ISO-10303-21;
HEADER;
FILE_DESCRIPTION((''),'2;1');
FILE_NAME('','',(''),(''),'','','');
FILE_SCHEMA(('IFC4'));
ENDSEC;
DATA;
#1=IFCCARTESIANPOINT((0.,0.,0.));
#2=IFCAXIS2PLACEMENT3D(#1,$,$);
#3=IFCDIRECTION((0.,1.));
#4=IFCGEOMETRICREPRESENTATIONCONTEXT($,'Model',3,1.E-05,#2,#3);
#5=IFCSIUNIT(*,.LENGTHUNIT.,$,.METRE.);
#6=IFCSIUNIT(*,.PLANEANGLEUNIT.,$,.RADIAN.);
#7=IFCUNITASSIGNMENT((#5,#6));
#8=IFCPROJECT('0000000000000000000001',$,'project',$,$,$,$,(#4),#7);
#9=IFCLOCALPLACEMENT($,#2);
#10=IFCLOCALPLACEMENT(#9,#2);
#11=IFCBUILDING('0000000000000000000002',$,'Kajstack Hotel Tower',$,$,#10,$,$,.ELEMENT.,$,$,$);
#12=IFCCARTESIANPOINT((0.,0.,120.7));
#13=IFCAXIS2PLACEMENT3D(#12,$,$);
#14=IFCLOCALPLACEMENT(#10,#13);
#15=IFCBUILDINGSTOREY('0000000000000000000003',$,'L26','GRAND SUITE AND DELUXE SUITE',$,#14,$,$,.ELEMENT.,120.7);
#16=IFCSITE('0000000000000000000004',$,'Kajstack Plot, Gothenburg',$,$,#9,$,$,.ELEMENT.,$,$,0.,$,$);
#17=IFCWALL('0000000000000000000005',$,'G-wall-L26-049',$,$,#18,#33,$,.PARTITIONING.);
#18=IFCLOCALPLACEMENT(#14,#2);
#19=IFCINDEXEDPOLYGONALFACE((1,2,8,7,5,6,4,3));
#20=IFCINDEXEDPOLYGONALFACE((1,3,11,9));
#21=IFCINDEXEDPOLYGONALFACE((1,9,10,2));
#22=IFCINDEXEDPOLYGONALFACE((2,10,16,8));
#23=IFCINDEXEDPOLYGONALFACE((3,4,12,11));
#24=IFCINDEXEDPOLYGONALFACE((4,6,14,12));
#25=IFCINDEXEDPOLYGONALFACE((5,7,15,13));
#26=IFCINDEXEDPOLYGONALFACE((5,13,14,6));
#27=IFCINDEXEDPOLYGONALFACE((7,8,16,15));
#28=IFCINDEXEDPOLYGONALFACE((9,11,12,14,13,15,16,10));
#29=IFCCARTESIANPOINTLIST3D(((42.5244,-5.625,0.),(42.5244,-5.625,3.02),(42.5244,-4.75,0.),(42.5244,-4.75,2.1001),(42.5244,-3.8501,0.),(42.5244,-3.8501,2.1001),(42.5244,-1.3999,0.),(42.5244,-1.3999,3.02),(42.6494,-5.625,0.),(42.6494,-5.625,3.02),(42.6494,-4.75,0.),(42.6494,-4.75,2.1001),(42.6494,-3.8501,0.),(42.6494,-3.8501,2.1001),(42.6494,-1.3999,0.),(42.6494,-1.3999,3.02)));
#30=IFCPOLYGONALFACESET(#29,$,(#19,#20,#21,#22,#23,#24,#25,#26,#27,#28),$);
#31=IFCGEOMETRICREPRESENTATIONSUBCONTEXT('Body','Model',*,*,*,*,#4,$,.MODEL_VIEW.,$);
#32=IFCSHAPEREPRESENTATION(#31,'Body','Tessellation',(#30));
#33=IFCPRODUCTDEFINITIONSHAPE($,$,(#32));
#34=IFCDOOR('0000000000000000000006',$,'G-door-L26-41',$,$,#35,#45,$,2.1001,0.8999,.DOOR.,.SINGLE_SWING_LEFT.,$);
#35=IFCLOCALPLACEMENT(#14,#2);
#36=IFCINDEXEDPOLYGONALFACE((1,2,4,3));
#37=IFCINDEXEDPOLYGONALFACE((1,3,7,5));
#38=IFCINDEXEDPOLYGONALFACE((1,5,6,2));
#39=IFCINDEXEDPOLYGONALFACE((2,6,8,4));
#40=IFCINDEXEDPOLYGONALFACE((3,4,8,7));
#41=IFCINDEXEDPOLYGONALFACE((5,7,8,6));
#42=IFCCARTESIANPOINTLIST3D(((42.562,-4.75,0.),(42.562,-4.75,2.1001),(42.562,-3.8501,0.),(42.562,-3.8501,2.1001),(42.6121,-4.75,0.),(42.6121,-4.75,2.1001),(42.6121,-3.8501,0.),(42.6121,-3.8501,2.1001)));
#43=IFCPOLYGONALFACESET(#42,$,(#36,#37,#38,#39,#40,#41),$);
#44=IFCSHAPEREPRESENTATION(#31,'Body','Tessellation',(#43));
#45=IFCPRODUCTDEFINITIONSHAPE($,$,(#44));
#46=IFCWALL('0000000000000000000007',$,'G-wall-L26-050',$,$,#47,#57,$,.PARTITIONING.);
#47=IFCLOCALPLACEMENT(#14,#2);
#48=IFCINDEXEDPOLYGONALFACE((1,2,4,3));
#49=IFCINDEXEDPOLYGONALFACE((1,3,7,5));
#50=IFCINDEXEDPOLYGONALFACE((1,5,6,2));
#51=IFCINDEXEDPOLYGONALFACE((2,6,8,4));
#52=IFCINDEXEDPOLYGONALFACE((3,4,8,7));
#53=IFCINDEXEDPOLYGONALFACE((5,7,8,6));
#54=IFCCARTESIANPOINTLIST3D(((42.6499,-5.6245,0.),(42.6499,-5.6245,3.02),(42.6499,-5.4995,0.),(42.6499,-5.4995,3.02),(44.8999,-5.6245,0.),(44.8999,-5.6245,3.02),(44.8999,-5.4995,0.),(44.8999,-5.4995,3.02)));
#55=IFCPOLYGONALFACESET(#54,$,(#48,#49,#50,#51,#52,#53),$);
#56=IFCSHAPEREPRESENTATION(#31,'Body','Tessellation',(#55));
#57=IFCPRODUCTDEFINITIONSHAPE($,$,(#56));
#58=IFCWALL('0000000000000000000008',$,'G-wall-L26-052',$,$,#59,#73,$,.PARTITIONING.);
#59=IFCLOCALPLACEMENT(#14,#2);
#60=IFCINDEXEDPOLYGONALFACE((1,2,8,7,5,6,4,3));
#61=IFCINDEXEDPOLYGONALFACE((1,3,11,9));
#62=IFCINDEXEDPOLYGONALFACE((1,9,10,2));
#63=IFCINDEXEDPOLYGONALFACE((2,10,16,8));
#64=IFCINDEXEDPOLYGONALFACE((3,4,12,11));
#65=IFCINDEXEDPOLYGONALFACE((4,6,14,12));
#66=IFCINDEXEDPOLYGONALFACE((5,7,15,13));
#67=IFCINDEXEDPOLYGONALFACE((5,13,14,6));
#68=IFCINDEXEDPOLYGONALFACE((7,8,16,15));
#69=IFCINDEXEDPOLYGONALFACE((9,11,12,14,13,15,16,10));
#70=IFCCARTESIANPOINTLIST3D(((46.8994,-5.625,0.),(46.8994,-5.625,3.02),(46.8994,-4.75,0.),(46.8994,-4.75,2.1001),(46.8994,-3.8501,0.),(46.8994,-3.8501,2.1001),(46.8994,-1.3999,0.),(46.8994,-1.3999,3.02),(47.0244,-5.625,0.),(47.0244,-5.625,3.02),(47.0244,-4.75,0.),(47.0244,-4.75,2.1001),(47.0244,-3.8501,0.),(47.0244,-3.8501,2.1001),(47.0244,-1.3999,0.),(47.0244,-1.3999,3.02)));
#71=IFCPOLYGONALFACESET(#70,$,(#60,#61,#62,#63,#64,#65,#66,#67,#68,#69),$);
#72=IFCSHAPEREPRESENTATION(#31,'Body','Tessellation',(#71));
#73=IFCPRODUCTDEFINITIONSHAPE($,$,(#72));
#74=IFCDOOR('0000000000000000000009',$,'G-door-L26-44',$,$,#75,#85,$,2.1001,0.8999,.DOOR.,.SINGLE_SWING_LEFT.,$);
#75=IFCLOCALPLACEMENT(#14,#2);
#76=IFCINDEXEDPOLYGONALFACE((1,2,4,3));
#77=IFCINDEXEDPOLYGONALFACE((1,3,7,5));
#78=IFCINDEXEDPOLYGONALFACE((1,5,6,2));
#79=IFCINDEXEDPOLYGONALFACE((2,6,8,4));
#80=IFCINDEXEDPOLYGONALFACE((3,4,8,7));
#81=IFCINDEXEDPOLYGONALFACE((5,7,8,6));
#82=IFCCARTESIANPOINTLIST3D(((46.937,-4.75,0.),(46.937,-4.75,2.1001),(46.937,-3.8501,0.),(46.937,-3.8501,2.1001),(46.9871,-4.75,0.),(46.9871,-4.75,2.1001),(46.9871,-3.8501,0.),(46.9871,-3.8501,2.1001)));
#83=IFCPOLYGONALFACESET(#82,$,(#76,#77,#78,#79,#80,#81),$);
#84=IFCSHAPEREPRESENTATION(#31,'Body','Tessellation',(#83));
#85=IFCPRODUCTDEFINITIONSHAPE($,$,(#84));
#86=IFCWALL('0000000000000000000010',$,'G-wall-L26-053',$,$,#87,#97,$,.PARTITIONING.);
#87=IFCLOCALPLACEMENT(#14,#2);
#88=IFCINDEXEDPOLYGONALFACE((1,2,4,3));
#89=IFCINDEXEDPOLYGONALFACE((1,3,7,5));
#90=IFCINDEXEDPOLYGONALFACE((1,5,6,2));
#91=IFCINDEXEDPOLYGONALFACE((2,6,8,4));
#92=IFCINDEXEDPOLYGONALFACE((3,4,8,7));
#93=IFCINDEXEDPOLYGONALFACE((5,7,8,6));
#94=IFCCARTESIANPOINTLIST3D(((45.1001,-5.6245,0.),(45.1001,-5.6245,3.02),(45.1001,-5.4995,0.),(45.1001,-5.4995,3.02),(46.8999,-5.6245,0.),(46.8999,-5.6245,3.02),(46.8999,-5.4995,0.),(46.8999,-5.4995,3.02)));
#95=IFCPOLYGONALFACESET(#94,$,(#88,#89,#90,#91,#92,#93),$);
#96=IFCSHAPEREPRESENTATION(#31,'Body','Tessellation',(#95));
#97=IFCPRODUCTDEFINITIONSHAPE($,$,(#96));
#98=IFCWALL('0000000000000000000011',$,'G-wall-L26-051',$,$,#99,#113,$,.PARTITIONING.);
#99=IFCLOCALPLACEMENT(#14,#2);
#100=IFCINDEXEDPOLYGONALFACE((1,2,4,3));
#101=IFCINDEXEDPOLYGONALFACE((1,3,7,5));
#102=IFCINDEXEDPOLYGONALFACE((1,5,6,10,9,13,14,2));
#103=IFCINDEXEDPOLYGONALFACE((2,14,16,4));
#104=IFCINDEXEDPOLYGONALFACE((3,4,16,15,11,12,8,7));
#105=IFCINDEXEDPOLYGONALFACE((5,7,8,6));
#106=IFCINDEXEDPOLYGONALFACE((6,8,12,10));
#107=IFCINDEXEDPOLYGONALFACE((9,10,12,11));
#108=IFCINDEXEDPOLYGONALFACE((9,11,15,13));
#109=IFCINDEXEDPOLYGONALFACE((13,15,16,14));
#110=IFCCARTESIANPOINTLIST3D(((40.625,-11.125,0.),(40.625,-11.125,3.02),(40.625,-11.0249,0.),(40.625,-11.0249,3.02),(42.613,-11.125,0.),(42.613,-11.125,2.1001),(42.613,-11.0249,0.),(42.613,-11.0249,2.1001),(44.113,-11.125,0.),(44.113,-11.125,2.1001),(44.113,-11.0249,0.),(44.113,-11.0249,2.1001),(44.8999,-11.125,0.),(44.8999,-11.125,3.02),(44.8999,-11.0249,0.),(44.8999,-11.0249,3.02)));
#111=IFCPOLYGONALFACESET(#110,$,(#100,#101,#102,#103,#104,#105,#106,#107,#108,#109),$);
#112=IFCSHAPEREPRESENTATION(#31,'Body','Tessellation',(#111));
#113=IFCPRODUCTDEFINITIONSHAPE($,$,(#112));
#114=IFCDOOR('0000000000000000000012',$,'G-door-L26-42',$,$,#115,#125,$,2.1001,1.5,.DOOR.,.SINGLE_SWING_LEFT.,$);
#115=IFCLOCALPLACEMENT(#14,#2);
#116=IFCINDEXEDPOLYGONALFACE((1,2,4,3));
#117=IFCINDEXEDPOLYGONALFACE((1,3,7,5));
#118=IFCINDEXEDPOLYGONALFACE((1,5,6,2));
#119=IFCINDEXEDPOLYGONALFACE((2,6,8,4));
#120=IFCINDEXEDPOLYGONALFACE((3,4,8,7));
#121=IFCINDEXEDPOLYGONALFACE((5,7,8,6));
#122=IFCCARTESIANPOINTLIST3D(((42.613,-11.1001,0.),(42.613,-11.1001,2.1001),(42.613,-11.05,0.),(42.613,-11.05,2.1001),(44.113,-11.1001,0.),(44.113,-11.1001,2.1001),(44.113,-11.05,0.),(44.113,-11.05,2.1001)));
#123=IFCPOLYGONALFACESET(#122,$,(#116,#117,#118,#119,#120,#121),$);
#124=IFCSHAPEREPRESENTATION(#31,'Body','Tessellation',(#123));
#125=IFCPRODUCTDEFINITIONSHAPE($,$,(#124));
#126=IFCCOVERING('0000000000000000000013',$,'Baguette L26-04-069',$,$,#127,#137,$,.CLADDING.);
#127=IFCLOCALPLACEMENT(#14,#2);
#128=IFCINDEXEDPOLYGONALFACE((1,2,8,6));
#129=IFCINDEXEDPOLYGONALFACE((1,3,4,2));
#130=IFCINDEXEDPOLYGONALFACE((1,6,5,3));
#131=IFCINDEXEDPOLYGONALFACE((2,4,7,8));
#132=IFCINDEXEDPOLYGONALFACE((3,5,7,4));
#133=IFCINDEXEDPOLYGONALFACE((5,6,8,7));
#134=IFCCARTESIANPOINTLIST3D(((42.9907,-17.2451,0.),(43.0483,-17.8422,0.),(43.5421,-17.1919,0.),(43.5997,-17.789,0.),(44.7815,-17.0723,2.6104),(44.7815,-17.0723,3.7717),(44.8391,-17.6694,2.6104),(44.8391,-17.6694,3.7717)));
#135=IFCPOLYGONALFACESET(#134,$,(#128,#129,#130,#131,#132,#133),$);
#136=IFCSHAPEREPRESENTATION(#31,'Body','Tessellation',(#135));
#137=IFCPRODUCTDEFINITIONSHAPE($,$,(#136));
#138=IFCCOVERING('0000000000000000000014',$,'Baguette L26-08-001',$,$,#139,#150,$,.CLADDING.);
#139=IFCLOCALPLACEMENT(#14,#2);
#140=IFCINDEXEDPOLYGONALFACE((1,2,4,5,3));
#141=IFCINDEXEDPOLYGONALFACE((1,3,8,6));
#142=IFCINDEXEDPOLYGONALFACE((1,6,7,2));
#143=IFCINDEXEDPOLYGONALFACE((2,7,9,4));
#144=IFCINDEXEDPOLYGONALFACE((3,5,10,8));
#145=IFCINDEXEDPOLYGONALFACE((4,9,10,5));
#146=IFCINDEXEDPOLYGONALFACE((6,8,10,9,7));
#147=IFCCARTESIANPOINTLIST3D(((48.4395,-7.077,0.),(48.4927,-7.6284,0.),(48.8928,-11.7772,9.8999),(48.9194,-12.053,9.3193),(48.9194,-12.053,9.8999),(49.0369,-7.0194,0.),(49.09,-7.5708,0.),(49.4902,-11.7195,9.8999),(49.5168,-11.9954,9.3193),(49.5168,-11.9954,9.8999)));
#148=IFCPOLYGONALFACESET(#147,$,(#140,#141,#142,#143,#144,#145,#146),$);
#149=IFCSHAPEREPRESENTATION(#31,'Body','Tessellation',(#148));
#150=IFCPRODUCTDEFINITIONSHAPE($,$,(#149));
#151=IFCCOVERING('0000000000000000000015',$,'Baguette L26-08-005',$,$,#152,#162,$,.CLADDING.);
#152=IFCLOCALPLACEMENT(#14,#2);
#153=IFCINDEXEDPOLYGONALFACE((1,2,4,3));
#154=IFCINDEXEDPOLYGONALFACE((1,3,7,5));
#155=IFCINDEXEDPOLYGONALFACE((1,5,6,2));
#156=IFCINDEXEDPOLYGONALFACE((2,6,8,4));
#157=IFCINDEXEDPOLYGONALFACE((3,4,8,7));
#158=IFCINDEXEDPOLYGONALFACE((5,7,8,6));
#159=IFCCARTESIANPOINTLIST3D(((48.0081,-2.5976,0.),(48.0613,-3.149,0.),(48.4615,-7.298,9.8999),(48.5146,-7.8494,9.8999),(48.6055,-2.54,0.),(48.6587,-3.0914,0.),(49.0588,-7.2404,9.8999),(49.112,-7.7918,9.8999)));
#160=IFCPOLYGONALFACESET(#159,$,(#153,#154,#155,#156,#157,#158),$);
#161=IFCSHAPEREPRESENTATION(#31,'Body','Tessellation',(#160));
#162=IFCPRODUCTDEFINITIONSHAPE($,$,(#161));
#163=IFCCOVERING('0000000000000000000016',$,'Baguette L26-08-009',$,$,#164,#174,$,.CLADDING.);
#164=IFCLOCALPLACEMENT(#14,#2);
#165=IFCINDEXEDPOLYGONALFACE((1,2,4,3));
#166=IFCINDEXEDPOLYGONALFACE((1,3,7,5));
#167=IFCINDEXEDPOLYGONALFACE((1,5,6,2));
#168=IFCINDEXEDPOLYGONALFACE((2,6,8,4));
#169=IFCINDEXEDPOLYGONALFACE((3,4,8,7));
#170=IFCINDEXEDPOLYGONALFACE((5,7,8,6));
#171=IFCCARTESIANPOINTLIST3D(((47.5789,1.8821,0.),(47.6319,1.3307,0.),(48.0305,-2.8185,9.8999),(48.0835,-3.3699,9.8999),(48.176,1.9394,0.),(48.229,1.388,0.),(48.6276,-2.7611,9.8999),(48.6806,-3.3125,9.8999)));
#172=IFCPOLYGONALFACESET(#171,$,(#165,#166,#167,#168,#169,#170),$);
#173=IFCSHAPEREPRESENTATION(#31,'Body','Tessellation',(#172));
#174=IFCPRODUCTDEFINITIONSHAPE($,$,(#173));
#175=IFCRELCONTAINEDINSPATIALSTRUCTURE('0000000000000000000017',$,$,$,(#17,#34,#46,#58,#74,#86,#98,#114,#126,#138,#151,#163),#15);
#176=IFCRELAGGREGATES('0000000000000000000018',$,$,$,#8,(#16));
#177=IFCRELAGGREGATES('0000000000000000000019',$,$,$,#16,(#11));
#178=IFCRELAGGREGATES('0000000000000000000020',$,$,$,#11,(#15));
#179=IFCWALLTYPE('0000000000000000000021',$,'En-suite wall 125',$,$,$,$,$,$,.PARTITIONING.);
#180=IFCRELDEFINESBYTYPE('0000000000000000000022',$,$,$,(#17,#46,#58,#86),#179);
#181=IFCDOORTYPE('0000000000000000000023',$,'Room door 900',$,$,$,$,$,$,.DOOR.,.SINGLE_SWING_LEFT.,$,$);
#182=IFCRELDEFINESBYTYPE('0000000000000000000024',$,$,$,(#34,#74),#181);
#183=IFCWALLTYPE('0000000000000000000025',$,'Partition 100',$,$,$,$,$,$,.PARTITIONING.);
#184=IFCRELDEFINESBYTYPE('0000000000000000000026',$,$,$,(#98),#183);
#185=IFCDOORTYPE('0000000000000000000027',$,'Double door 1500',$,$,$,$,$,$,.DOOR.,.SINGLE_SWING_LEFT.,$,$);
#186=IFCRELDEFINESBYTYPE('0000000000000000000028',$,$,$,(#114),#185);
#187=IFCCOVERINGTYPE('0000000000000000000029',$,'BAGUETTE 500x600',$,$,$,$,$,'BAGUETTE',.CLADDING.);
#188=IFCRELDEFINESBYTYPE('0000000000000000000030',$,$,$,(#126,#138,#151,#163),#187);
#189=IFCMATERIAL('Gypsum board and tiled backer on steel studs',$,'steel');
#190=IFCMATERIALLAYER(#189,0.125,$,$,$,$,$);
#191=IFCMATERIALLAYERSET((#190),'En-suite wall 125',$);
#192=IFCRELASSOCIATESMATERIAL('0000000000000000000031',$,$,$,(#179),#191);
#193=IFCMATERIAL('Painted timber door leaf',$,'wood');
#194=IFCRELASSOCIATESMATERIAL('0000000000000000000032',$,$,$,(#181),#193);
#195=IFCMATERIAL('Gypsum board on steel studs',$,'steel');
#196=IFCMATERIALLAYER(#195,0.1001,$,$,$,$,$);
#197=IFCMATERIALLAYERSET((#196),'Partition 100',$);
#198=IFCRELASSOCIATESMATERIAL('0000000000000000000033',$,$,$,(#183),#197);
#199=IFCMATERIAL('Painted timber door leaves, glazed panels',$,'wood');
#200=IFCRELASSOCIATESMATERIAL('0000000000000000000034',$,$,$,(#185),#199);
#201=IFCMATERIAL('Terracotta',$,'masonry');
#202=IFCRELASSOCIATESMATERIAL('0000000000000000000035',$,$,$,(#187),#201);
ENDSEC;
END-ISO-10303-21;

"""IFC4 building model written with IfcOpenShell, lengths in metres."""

from ifc_helpers import new_model, si_unit, direction, frame, frame_2d, origin, origin_2d, place, context, subcontext, project, spatial, polyline, rectangle, outline, extrude, material, layer, layer_set, material_profile, profile_set, type_object, element, fill, save


model = new_model("IFC4")

# Units and contexts
model_context = context("Model", 3, precision=1e-05, world=origin(), true_north=direction((0.0, 1.0)))
body_context = subcontext(model_context, "Body", "Model", "MODEL_VIEW")
ifc_project = project(units=[si_unit("LENGTHUNIT", "METRE"), si_unit("PLANEANGLEUNIT", "RADIAN")], contexts=[model_context])

# Site, building, storey
site_placement = place(None, origin())
site = spatial("IfcSite", under=ifc_project, at=site_placement, Name="Kajstack Plot, Gothenburg", CompositionType="ELEMENT", RefElevation=0.0)
building_placement = place(site_placement, origin())
building = spatial("IfcBuilding", under=site, at=building_placement, Name="Kajstack Hotel Tower", CompositionType="ELEMENT")
storey_placement = place(building_placement, frame((0.0, 0.0, 120.7)))
storey = spatial("IfcBuildingStorey", under=building, at=storey_placement, Name="L26", Description="GRAND SUITE AND DELUXE SUITE", CompositionType="ELEMENT", Elevation=120.7)

# Wall, opening, door
ifc_material_1 = material(Name="Gypsum board and tiled backer on steel studs", Category="steel")
ifc_layer_1 = layer(ifc_material_1, 0.125)
ifc_layer_set_1 = layer_set([ifc_layer_1], Name="En-suite wall 125")
wall_type_1 = type_object("IfcWallType", Name="En-suite wall 125", PredefinedType="PARTITIONING", material=ifc_layer_set_1)
wall_1_placement = place(storey_placement, frame((42.5869, -5.625, 0.0), z_axis=(0.0, 0.0, 1.0), x_axis=(0.0, 1.0, 0.0)))
wall_1 = element("IfcWall", 1, at=wall_1_placement, inside=storey, type_object=wall_type_1, Name="G-wall-L26-049", PredefinedType="PARTITIONING", context=body_context, shape_type="SweptSolid", body=[
    extrude(rectangle(XDim=4.2251, YDim=0.125, at=frame_2d((2.1125, 0.0))), origin(), (0.0, 0.0, 1.0), 3.02),
])
opening_1_placement = place(wall_1_placement, frame((0.875, 0.0, 0.0)))
opening_1 = element("IfcOpeningElement", 2, at=opening_1_placement, cuts=wall_1, PredefinedType="OPENING", context=body_context, shape_type="SweptSolid", body=[
    extrude(rectangle(XDim=0.8999, YDim=2.1001, at=frame_2d((0.45, 1.05))), frame((0.0, 0.0725, 0.0), z_axis=(0.0, -1.0, 0.0), x_axis=(1.0, 0.0, 0.0)), (0.0, 0.0, 1.0), 0.145),
])
ifc_material_2 = material(Name="Painted timber door leaf", Category="wood")
door_type_1 = type_object("IfcDoorType", Name="Room door 900", OperationType="SINGLE_SWING_LEFT", PredefinedType="DOOR", material=ifc_material_2)
door_1_placement = place(opening_1_placement, origin())
door_1 = element("IfcDoor", 3, at=door_1_placement, inside=storey, type_object=door_type_1, Name="G-door-L26-41", OperationType="SINGLE_SWING_LEFT", OverallHeight=2.1001, OverallWidth=0.8999, PredefinedType="DOOR", context=body_context, shape_type="SweptSolid", body=[
    extrude(rectangle(XDim=0.8999, YDim=2.1001, at=frame_2d((0.45, 1.05))), frame((0.0, 0.0249, 0.0), z_axis=(0.0, -1.0, 0.0), x_axis=(1.0, 0.0, 0.0)), (0.0, 0.0, 1.0), 0.05),
])
fill(opening_1, door_1)

# Wall
wall_2_placement = place(storey_placement, frame((42.6499, -5.562, 0.0), z_axis=(0.0, 0.0, 1.0), x_axis=(1.0, 0.0, 0.0)))
element("IfcWall", 4, at=wall_2_placement, inside=storey, type_object=wall_type_1, Name="G-wall-L26-050", PredefinedType="PARTITIONING", context=body_context, shape_type="SweptSolid", body=[
    extrude(rectangle(XDim=2.25, YDim=0.125, at=frame_2d((1.125, 0.0))), origin(), (0.0, 0.0, 1.0), 3.02),
])

# Wall, opening, door
wall_3_placement = place(storey_placement, frame((46.9619, -5.625, 0.0), z_axis=(0.0, 0.0, 1.0), x_axis=(0.0, 1.0, 0.0)))
wall_3 = element("IfcWall", 5, at=wall_3_placement, inside=storey, type_object=wall_type_1, Name="G-wall-L26-052", PredefinedType="PARTITIONING", context=body_context, shape_type="SweptSolid", body=[
    extrude(rectangle(XDim=4.2251, YDim=0.125, at=frame_2d((2.1125, 0.0))), origin(), (0.0, 0.0, 1.0), 3.02),
])
opening_2_placement = place(wall_3_placement, frame((0.875, 0.0, 0.0)))
opening_2 = element("IfcOpeningElement", 6, at=opening_2_placement, cuts=wall_3, PredefinedType="OPENING", context=body_context, shape_type="SweptSolid", body=[
    extrude(rectangle(XDim=0.8999, YDim=2.1001, at=frame_2d((0.45, 1.05))), frame((0.0, 0.0725, 0.0), z_axis=(0.0, -1.0, 0.0), x_axis=(1.0, 0.0, 0.0)), (0.0, 0.0, 1.0), 0.145),
])
door_2_placement = place(opening_2_placement, origin())
door_2 = element("IfcDoor", 7, at=door_2_placement, inside=storey, type_object=door_type_1, Name="G-door-L26-44", OperationType="SINGLE_SWING_LEFT", OverallHeight=2.1001, OverallWidth=0.8999, PredefinedType="DOOR", context=body_context, shape_type="SweptSolid", body=[
    extrude(rectangle(XDim=0.8999, YDim=2.1001, at=frame_2d((0.45, 1.05))), frame((0.0, 0.0249, 0.0), z_axis=(0.0, -1.0, 0.0), x_axis=(1.0, 0.0, 0.0)), (0.0, 0.0, 1.0), 0.05),
])
fill(opening_2, door_2)

# Wall
wall_4_placement = place(storey_placement, frame((45.1001, -5.562, 0.0), z_axis=(0.0, 0.0, 1.0), x_axis=(1.0, 0.0, 0.0)))
element("IfcWall", 8, at=wall_4_placement, inside=storey, type_object=wall_type_1, Name="G-wall-L26-053", PredefinedType="PARTITIONING", context=body_context, shape_type="SweptSolid", body=[
    extrude(rectangle(XDim=1.7998, YDim=0.125, at=frame_2d((0.8999, 0.0))), origin(), (0.0, 0.0, 1.0), 3.02),
])

# Wall, opening, door
ifc_material_3 = material(Name="Gypsum board on steel studs", Category="steel")
ifc_layer_2 = layer(ifc_material_3, 0.1001)
ifc_layer_set_2 = layer_set([ifc_layer_2], Name="Partition 100")
wall_type_2 = type_object("IfcWallType", Name="Partition 100", PredefinedType="PARTITIONING", material=ifc_layer_set_2)
wall_5_placement = place(storey_placement, frame((40.625, -11.075, 0.0), z_axis=(0.0, 0.0, 1.0), x_axis=(1.0, 0.0, 0.0)))
wall_5 = element("IfcWall", 9, at=wall_5_placement, inside=storey, type_object=wall_type_2, Name="G-wall-L26-051", PredefinedType="PARTITIONING", context=body_context, shape_type="SweptSolid", body=[
    extrude(rectangle(XDim=4.2749, YDim=0.1001, at=frame_2d((2.1375, 0.0))), origin(), (0.0, 0.0, 1.0), 3.02),
])
opening_3_placement = place(wall_5_placement, frame((1.988, 0.0, 0.0)))
opening_3 = element("IfcOpeningElement", 10, at=opening_3_placement, cuts=wall_5, PredefinedType="OPENING", context=body_context, shape_type="SweptSolid", body=[
    extrude(rectangle(XDim=1.5, YDim=2.1001, at=frame_2d((0.75, 1.05))), frame((0.0, 0.0601, 0.0), z_axis=(0.0, -1.0, 0.0), x_axis=(1.0, 0.0, 0.0)), (0.0, 0.0, 1.0), 0.1201),
])
ifc_material_4 = material(Name="Painted timber door leaves, glazed panels", Category="wood")
door_type_2 = type_object("IfcDoorType", Name="Double door 1500", OperationType="SINGLE_SWING_LEFT", PredefinedType="DOOR", material=ifc_material_4)
door_3_placement = place(opening_3_placement, origin())
door_3 = element("IfcDoor", 11, at=door_3_placement, inside=storey, type_object=door_type_2, Name="G-door-L26-42", OperationType="SINGLE_SWING_LEFT", OverallHeight=2.1001, OverallWidth=1.5, PredefinedType="DOOR", context=body_context, shape_type="SweptSolid", body=[
    extrude(rectangle(XDim=1.5, YDim=2.1001, at=frame_2d((0.75, 1.05))), frame((0.0, 0.0249, 0.0), z_axis=(0.0, -1.0, 0.0), x_axis=(1.0, 0.0, 0.0)), (0.0, 0.0, 1.0), 0.05),
])
fill(opening_3, door_3)

# Coverings
ifc_material_5 = material(Name="Terracotta", Category="masonry")
ifc_material_profile = material_profile(ifc_material_5, rectangle(XDim=0.6001, YDim=0.5, at=origin_2d()), Name="Terracotta-clad concrete baguette 500 x 600")
ifc_profile_set = profile_set([ifc_material_profile], Name="Terracotta")
covering_type = type_object("IfcCoveringType", Name="BAGUETTE 500x600", ElementType="BAGUETTE", PredefinedType="CLADDING", material=ifc_profile_set)
covering_1_placement = place(storey_placement, frame((42.9907, -17.2451, 0.0), z_axis=(0.096038, -0.995378, 0.0), x_axis=(0.995378, 0.096038, 0.0)))
element("IfcCovering", 12, at=covering_1_placement, inside=storey, type_object=covering_type, Name="Baguette L26-04-069", PredefinedType="CLADDING", context=body_context, shape_type="SweptSolid", body=[
    extrude(outline(polyline([(0.554, 0.0), (1.7991, 2.6104), (1.7991, 3.7717), (0.0, 0.0), (0.554, 0.0)])), origin(), (0.0, 0.0, 1.0), 0.5999),
])
covering_2_placement = place(storey_placement, frame((48.9194, -12.053, 0.0), z_axis=(0.995381, 0.095999, 0.0), x_axis=(-0.095999, 0.995381, 0.0)))
element("IfcCovering", 13, at=covering_2_placement, inside=storey, type_object=covering_type, Name="Baguette L26-08-001", PredefinedType="CLADDING", context=body_context, shape_type="SweptSolid", body=[
    extrude(outline(polyline([(0.2771, 9.8999), (0.0, 9.8999), (0.0, 9.3193), (4.4451, 0.0), (4.999, 0.0), (0.2771, 9.8999)])), origin(), (0.0, 0.0, 1.0), 0.6001),
])
covering_3_placement = place(storey_placement, frame((48.5146, -7.8494, 0.0), z_axis=(0.995381, 0.095999, 0.0), x_axis=(-0.095999, 0.995381, 0.0)))
element("IfcCovering", 14, at=covering_3_placement, inside=storey, type_object=covering_type, Name="Baguette L26-08-005", PredefinedType="CLADDING", context=body_context, shape_type="SweptSolid", body=[
    extrude(outline(polyline([(0.0, 9.8999), (4.7222, 0.0), (5.2761, 0.0), (0.554, 9.8999), (0.0, 9.8999)])), origin(), (0.0, 0.0, 1.0), 0.6001),
])
covering_4_placement = place(storey_placement, frame((48.0835, -3.3699, 0.0), z_axis=(0.995416, 0.095635, 0.0), x_axis=(-0.095635, 0.995416, 0.0)))
element("IfcCovering", 15, at=covering_4_placement, inside=storey, type_object=covering_type, Name="Baguette L26-08-009", PredefinedType="CLADDING", context=body_context, shape_type="SweptSolid", body=[
    extrude(outline(polyline([(0.0, 9.8999), (4.7222, 0.0), (5.2761, 0.0), (0.554, 9.8999), (0.0, 9.8999)])), origin(), (0.0, 0.0, 1.0), 0.5999),
])

save(model, "model.ifc")
